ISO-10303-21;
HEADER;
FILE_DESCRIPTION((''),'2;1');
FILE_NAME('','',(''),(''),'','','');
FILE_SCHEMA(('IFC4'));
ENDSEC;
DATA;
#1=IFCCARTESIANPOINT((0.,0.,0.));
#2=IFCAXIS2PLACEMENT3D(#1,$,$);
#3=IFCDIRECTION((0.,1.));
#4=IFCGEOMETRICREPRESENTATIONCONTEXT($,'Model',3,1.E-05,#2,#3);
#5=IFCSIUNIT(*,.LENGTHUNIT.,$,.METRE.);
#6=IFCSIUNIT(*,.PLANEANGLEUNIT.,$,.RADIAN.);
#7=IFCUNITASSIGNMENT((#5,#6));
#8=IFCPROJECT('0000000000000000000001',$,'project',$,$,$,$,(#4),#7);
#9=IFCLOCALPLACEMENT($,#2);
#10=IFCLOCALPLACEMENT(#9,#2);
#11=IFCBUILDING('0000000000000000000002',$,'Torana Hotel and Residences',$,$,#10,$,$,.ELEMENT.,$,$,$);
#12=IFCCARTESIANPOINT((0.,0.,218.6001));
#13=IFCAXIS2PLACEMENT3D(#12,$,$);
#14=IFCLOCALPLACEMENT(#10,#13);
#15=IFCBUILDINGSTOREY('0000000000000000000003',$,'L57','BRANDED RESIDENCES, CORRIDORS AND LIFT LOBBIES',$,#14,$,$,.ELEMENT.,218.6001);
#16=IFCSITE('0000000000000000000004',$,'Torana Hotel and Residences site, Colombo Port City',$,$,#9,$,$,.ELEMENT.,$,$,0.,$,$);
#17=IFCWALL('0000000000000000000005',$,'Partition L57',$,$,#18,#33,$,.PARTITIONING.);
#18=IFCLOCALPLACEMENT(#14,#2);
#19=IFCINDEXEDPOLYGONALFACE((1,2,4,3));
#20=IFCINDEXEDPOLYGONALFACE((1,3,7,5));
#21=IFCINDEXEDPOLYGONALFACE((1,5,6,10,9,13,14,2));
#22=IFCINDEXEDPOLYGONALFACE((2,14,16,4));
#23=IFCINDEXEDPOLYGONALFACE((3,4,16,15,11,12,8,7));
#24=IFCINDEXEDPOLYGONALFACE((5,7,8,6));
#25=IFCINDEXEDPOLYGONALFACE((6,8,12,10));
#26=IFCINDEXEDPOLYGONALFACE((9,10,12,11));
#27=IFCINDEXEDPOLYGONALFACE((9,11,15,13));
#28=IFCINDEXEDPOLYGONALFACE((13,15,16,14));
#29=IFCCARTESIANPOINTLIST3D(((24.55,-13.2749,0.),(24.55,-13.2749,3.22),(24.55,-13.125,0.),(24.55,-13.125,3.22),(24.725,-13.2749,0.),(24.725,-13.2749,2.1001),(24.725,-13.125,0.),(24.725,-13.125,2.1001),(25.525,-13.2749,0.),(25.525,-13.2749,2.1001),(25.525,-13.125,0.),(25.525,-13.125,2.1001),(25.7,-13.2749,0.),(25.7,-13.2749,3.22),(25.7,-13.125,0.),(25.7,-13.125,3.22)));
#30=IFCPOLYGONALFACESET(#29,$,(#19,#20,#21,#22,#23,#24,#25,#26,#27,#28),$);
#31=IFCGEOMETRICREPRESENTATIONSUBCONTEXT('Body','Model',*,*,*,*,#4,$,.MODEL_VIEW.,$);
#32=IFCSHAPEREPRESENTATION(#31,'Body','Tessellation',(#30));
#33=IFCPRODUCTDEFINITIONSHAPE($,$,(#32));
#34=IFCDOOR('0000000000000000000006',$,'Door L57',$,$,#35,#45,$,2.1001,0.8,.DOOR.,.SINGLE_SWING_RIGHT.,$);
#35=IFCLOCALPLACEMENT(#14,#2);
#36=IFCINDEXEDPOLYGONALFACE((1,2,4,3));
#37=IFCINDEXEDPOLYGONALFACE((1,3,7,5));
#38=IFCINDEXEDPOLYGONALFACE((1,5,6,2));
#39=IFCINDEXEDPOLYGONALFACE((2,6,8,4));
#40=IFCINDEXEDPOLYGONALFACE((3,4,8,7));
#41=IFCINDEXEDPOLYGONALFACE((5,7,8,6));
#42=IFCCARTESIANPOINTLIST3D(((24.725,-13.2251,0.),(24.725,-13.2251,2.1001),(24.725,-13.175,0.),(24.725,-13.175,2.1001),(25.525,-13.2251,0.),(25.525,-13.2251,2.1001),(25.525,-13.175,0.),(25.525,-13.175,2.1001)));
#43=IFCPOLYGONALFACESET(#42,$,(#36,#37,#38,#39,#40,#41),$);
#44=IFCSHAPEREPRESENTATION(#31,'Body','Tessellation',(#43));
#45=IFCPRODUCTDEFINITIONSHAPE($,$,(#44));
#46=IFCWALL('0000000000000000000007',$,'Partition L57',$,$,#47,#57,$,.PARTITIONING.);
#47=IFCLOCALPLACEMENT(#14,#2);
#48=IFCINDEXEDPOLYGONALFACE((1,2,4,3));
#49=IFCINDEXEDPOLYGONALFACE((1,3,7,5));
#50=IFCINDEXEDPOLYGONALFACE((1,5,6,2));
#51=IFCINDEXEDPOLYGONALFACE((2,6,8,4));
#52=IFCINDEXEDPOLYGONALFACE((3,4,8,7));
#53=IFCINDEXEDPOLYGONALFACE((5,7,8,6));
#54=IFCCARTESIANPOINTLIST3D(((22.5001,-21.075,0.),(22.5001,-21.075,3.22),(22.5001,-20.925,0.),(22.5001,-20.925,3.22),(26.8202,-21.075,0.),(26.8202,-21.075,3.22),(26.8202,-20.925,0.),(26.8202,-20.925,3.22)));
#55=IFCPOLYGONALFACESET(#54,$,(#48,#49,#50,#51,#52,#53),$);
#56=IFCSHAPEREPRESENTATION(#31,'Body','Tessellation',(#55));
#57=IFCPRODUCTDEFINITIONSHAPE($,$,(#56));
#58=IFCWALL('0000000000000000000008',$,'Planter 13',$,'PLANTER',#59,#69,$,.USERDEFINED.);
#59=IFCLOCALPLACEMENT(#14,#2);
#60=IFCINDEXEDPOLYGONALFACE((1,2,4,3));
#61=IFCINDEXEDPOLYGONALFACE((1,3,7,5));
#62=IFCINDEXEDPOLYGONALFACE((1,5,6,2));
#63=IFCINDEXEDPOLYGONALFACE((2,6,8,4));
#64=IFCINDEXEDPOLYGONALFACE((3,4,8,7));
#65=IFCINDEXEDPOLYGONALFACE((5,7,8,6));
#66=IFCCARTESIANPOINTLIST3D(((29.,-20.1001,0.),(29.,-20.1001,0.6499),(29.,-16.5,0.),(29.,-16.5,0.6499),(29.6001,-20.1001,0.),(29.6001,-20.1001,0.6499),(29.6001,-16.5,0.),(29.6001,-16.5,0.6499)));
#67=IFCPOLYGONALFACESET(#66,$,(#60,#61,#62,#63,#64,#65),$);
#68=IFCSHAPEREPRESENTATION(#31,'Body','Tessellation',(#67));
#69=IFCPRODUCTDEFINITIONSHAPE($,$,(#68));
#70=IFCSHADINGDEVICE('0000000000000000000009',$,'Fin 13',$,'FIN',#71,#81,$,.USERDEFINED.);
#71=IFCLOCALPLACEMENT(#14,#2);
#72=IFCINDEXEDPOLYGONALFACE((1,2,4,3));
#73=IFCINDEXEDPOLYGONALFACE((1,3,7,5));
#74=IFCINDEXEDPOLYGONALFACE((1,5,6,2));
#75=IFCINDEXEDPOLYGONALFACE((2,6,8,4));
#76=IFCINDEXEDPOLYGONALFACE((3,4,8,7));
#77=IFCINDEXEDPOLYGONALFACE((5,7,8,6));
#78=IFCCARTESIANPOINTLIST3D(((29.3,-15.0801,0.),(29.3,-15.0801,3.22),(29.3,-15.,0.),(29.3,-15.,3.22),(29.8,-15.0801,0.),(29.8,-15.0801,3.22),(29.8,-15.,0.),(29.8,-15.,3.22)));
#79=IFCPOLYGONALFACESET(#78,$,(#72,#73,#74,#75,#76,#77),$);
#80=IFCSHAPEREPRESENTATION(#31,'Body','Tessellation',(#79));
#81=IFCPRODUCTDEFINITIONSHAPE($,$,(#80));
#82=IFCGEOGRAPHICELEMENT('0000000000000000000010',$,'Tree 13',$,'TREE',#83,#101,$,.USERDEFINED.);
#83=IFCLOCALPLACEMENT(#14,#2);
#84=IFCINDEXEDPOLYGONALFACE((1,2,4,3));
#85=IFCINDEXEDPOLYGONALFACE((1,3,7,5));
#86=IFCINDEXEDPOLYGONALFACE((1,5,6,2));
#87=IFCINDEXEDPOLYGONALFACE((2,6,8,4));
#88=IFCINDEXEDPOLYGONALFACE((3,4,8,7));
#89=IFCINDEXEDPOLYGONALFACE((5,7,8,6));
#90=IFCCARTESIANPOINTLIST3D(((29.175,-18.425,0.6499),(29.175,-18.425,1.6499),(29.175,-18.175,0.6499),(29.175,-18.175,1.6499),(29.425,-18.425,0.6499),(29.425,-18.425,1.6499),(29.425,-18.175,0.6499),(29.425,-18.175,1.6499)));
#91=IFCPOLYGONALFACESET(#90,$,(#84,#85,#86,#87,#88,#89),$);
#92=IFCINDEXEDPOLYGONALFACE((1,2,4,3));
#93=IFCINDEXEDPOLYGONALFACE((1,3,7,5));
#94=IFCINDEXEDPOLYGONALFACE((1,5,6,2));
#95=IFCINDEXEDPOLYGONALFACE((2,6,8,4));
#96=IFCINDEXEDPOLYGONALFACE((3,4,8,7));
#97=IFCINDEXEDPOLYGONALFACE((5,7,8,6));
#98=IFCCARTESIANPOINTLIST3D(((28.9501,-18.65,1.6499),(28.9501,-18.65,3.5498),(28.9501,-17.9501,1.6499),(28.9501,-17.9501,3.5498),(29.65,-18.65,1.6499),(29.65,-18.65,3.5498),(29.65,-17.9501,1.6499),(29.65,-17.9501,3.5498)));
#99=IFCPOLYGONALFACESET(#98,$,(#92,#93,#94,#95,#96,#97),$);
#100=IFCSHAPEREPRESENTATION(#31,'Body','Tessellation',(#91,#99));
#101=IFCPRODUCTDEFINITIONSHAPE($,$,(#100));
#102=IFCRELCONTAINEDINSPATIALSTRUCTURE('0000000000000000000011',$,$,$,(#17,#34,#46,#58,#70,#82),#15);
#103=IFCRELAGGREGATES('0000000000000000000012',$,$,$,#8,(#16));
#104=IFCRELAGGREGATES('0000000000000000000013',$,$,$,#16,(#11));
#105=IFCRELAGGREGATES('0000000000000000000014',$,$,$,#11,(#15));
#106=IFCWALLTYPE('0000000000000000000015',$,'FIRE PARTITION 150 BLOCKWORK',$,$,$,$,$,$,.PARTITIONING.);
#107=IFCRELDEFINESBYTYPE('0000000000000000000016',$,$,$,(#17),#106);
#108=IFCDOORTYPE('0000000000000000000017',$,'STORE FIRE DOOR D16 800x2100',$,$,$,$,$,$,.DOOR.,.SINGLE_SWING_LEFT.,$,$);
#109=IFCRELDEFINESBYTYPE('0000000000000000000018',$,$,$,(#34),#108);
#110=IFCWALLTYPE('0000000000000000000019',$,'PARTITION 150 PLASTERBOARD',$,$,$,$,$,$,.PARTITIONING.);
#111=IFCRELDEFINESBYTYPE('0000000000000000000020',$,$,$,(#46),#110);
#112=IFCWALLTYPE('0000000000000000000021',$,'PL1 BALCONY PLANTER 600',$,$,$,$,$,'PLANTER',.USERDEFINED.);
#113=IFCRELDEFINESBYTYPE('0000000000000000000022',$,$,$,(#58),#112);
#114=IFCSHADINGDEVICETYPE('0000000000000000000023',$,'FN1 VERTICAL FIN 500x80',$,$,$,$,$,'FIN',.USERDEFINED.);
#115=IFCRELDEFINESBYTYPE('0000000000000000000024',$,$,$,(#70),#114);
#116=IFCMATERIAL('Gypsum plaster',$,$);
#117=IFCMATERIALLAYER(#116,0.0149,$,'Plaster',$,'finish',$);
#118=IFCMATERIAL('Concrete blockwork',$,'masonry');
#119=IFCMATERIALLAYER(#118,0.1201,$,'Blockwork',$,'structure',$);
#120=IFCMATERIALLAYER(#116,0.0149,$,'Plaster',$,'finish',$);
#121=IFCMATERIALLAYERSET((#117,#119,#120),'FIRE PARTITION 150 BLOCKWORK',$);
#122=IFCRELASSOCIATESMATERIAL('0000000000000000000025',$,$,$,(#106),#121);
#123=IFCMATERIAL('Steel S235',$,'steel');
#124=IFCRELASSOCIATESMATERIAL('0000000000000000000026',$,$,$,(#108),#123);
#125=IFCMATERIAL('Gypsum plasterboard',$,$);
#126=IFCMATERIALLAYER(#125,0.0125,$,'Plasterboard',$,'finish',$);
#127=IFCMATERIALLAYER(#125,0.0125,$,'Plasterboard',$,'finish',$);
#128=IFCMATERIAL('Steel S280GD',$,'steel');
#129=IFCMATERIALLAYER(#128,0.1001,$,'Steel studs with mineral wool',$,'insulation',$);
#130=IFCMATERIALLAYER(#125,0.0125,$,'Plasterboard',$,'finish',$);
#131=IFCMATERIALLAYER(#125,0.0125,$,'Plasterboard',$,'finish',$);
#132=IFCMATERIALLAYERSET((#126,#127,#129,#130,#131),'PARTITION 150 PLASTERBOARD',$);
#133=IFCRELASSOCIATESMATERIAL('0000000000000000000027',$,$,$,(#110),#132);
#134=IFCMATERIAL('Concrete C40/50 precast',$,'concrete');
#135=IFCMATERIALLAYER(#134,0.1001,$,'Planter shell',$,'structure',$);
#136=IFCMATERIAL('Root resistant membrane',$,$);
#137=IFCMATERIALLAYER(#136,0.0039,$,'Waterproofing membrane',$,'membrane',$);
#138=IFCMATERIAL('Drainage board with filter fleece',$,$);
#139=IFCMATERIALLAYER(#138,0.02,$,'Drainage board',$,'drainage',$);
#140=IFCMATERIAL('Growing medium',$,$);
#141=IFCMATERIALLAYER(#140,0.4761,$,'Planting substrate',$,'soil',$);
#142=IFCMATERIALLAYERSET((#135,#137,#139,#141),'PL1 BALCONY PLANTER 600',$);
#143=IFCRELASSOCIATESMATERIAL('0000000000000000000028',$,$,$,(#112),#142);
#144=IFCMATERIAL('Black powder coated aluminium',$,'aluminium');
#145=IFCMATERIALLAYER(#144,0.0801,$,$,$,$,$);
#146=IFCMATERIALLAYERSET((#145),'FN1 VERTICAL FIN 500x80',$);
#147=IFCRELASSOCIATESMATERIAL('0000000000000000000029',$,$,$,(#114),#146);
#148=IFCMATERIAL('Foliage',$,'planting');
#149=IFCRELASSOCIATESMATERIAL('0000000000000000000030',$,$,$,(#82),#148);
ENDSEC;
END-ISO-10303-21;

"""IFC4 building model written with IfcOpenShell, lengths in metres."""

from ifc_helpers import new_model, si_unit, direction, frame, frame_2d, origin, origin_2d, place, context, subcontext, project, spatial, rectangle, extrude, material, layer, layer_set, type_object, element, fill, save


model = new_model("IFC4")

# Units and contexts
model_context = context("Model", 3, precision=1e-05, world=origin(), true_north=direction((0.0, 1.0)))
body_context = subcontext(model_context, "Body", "Model", "MODEL_VIEW")
ifc_project = project(units=[si_unit("LENGTHUNIT", "METRE"), si_unit("PLANEANGLEUNIT", "RADIAN")], contexts=[model_context])

# Site, building, storey
site_placement = place(None, origin())
site = spatial("IfcSite", under=ifc_project, at=site_placement, Name="Torana Hotel and Residences site, Colombo Port City", CompositionType="ELEMENT", RefElevation=0.0)
building_placement = place(site_placement, origin())
building = spatial("IfcBuilding", under=site, at=building_placement, Name="Torana Hotel and Residences", CompositionType="ELEMENT")
storey_placement = place(building_placement, frame((0.0, 0.0, 218.6001)))
storey = spatial("IfcBuildingStorey", under=building, at=storey_placement, Name="L57", Description="BRANDED RESIDENCES, CORRIDORS AND LIFT LOBBIES", CompositionType="ELEMENT", Elevation=218.6001)

# Shared definitions
ifc_material_1 = material(Name="Gypsum plaster")
ifc_layer_1 = layer(ifc_material_1, 0.0149, Name="Plaster", Category="finish")
ifc_material_2 = material(Name="Concrete blockwork", Category="masonry")
ifc_layer_2 = layer(ifc_material_2, 0.1201, Name="Blockwork", Category="structure")
ifc_layer_3 = layer(ifc_material_1, 0.0149, Name="Plaster", Category="finish")
ifc_layer_set_1 = layer_set([ifc_layer_1, ifc_layer_2, ifc_layer_3], Name="FIRE PARTITION 150 BLOCKWORK")
wall_type_1 = type_object("IfcWallType", Name="FIRE PARTITION 150 BLOCKWORK", PredefinedType="PARTITIONING", material=ifc_layer_set_1)

# Wall, opening, door
wall_1_placement = place(storey_placement, frame((24.55, -13.2, 0.0), z_axis=(0.0, 0.0, 1.0), x_axis=(1.0, 0.0, 0.0)))
wall_1 = element("IfcWall", 1, at=wall_1_placement, inside=storey, type_object=wall_type_1, Name="Partition L57", PredefinedType="PARTITIONING", context=body_context, shape_type="SweptSolid", body=[
    extrude(rectangle(XDim=1.1499, YDim=0.1499, at=frame_2d((0.575, 0.0))), origin(), (0.0, 0.0, 1.0), 3.22),
])
opening_1_placement = place(wall_1_placement, frame((0.175, 0.0, 0.0)))
opening_1 = element("IfcOpeningElement", 2, at=opening_1_placement, cuts=wall_1, PredefinedType="OPENING", context=body_context, shape_type="SweptSolid", body=[
    extrude(rectangle(XDim=0.8, YDim=2.1001, at=frame_2d((0.3999, 1.05))), frame((0.0, 0.085, 0.0), z_axis=(0.0, -1.0, 0.0), x_axis=(1.0, 0.0, 0.0)), (0.0, 0.0, 1.0), 0.1699),
])
ifc_material_3 = material(Name="Steel S235", Category="steel")
door_type_1 = type_object("IfcDoorType", Name="STORE FIRE DOOR D16 800x2100", OperationType="SINGLE_SWING_LEFT", PredefinedType="DOOR", material=ifc_material_3)
door_1_placement = place(opening_1_placement, origin())
door_1 = element("IfcDoor", 3, at=door_1_placement, inside=storey, type_object=door_type_1, Name="Door L57", OperationType="SINGLE_SWING_RIGHT", OverallHeight=2.1001, OverallWidth=0.8, PredefinedType="DOOR", context=body_context, shape_type="SweptSolid", body=[
    extrude(rectangle(XDim=0.8, YDim=2.1001, at=frame_2d((0.3999, 1.05))), frame((0.0, 0.0249, 0.0), z_axis=(0.0, -1.0, 0.0), x_axis=(1.0, 0.0, 0.0)), (0.0, 0.0, 1.0), 0.05),
])
fill(opening_1, door_1)

# Walls
ifc_material_4 = material(Name="Gypsum plasterboard")
ifc_layer_4 = layer(ifc_material_4, 0.0125, Name="Plasterboard", Category="finish")
ifc_layer_5 = layer(ifc_material_4, 0.0125, Name="Plasterboard", Category="finish")
ifc_material_5 = material(Name="Steel S280GD", Category="steel")
ifc_layer_6 = layer(ifc_material_5, 0.1001, Name="Steel studs with mineral wool", Category="insulation")
ifc_layer_7 = layer(ifc_material_4, 0.0125, Name="Plasterboard", Category="finish")
ifc_layer_8 = layer(ifc_material_4, 0.0125, Name="Plasterboard", Category="finish")
ifc_layer_set_2 = layer_set([ifc_layer_4, ifc_layer_5, ifc_layer_6, ifc_layer_7, ifc_layer_8], Name="PARTITION 150 PLASTERBOARD")
wall_type_2 = type_object("IfcWallType", Name="PARTITION 150 PLASTERBOARD", PredefinedType="PARTITIONING", material=ifc_layer_set_2)
wall_2_placement = place(storey_placement, frame((22.5, -21.0, 0.0), z_axis=(0.0, 0.0, 1.0), x_axis=(1.0, 0.0, 0.0)))
element("IfcWall", 4, at=wall_2_placement, inside=storey, type_object=wall_type_2, Name="Partition L57", PredefinedType="PARTITIONING", context=body_context, shape_type="SweptSolid", body=[
    extrude(rectangle(XDim=4.3201, YDim=0.1499, at=frame_2d((2.1602, 0.0))), origin(), (0.0, 0.0, 1.0), 3.22),
])
ifc_material_6 = material(Name="Concrete C40/50 precast", Category="concrete")
ifc_layer_9 = layer(ifc_material_6, 0.1001, Name="Planter shell", Category="structure")
ifc_material_7 = material(Name="Root resistant membrane")
ifc_layer_10 = layer(ifc_material_7, 0.0039, Name="Waterproofing membrane", Category="membrane")
ifc_material_8 = material(Name="Drainage board with filter fleece")
ifc_layer_11 = layer(ifc_material_8, 0.02, Name="Drainage board", Category="drainage")
ifc_material_9 = material(Name="Growing medium")
ifc_layer_12 = layer(ifc_material_9, 0.4761, Name="Planting substrate", Category="soil")
ifc_layer_set_3 = layer_set([ifc_layer_9, ifc_layer_10, ifc_layer_11, ifc_layer_12], Name="PL1 BALCONY PLANTER 600")
wall_type_3 = type_object("IfcWallType", Name="PL1 BALCONY PLANTER 600", ElementType="PLANTER", PredefinedType="USERDEFINED", material=ifc_layer_set_3)
wall_3_placement = place(storey_placement, frame((29.3, -16.5, 0.0), z_axis=(0.0, 0.0, 1.0), x_axis=(0.0, -1.0, 0.0)))
element("IfcWall", 5, at=wall_3_placement, inside=storey, type_object=wall_type_3, Name="Planter 13", ObjectType="PLANTER", PredefinedType="USERDEFINED", context=body_context, shape_type="SweptSolid", body=[
    extrude(rectangle(XDim=3.6001, YDim=0.6001, at=frame_2d((1.8, 0.0))), origin(), (0.0, 0.0, 1.0), 0.6499),
])

# Shading device
ifc_material_10 = material(Name="Black powder coated aluminium", Category="aluminium")
ifc_layer_13 = layer(ifc_material_10, 0.0801)
ifc_layer_set_4 = layer_set([ifc_layer_13], Name="FN1 VERTICAL FIN 500x80")
shading_device_type = type_object("IfcShadingDeviceType", Name="FN1 VERTICAL FIN 500x80", ElementType="FIN", PredefinedType="USERDEFINED", material=ifc_layer_set_4)
shading_device_placement = place(storey_placement, frame((29.55, -15.04, 0.0), z_axis=(0.0, 0.0, 1.0), x_axis=(0.0, -1.0, 0.0)))
element("IfcShadingDevice", 6, at=shading_device_placement, inside=storey, type_object=shading_device_type, Name="Fin 13", ObjectType="FIN", PredefinedType="USERDEFINED", context=body_context, shape_type="SweptSolid", body=[
    extrude(rectangle(XDim=0.0801, YDim=0.5, at=origin_2d()), origin(), (0.0, 0.0, 1.0), 3.22),
])

# Geographic element
ifc_material_11 = material(Name="Foliage", Category="planting")
geographic_element_placement = place(storey_placement, frame((29.3, -18.3, 0.6499), z_axis=(0.0, 0.0, 1.0), x_axis=(1.0, 0.0, 0.0)))
element("IfcGeographicElement", 7, at=geographic_element_placement, inside=storey, material=ifc_material_11, Name="Tree 13", ObjectType="TREE", PredefinedType="USERDEFINED", context=body_context, shape_type="SweptSolid", body=[
    extrude(rectangle(XDim=0.25, YDim=0.25, at=origin_2d()), origin(), (0.0, 0.0, 1.0), 1.0),
    extrude(rectangle(XDim=0.7, YDim=0.7, at=origin_2d()), frame((0.0, 0.0, 1.0)), (0.0, 0.0, 1.0), 1.8999),
])

save(model, "model.ifc")
